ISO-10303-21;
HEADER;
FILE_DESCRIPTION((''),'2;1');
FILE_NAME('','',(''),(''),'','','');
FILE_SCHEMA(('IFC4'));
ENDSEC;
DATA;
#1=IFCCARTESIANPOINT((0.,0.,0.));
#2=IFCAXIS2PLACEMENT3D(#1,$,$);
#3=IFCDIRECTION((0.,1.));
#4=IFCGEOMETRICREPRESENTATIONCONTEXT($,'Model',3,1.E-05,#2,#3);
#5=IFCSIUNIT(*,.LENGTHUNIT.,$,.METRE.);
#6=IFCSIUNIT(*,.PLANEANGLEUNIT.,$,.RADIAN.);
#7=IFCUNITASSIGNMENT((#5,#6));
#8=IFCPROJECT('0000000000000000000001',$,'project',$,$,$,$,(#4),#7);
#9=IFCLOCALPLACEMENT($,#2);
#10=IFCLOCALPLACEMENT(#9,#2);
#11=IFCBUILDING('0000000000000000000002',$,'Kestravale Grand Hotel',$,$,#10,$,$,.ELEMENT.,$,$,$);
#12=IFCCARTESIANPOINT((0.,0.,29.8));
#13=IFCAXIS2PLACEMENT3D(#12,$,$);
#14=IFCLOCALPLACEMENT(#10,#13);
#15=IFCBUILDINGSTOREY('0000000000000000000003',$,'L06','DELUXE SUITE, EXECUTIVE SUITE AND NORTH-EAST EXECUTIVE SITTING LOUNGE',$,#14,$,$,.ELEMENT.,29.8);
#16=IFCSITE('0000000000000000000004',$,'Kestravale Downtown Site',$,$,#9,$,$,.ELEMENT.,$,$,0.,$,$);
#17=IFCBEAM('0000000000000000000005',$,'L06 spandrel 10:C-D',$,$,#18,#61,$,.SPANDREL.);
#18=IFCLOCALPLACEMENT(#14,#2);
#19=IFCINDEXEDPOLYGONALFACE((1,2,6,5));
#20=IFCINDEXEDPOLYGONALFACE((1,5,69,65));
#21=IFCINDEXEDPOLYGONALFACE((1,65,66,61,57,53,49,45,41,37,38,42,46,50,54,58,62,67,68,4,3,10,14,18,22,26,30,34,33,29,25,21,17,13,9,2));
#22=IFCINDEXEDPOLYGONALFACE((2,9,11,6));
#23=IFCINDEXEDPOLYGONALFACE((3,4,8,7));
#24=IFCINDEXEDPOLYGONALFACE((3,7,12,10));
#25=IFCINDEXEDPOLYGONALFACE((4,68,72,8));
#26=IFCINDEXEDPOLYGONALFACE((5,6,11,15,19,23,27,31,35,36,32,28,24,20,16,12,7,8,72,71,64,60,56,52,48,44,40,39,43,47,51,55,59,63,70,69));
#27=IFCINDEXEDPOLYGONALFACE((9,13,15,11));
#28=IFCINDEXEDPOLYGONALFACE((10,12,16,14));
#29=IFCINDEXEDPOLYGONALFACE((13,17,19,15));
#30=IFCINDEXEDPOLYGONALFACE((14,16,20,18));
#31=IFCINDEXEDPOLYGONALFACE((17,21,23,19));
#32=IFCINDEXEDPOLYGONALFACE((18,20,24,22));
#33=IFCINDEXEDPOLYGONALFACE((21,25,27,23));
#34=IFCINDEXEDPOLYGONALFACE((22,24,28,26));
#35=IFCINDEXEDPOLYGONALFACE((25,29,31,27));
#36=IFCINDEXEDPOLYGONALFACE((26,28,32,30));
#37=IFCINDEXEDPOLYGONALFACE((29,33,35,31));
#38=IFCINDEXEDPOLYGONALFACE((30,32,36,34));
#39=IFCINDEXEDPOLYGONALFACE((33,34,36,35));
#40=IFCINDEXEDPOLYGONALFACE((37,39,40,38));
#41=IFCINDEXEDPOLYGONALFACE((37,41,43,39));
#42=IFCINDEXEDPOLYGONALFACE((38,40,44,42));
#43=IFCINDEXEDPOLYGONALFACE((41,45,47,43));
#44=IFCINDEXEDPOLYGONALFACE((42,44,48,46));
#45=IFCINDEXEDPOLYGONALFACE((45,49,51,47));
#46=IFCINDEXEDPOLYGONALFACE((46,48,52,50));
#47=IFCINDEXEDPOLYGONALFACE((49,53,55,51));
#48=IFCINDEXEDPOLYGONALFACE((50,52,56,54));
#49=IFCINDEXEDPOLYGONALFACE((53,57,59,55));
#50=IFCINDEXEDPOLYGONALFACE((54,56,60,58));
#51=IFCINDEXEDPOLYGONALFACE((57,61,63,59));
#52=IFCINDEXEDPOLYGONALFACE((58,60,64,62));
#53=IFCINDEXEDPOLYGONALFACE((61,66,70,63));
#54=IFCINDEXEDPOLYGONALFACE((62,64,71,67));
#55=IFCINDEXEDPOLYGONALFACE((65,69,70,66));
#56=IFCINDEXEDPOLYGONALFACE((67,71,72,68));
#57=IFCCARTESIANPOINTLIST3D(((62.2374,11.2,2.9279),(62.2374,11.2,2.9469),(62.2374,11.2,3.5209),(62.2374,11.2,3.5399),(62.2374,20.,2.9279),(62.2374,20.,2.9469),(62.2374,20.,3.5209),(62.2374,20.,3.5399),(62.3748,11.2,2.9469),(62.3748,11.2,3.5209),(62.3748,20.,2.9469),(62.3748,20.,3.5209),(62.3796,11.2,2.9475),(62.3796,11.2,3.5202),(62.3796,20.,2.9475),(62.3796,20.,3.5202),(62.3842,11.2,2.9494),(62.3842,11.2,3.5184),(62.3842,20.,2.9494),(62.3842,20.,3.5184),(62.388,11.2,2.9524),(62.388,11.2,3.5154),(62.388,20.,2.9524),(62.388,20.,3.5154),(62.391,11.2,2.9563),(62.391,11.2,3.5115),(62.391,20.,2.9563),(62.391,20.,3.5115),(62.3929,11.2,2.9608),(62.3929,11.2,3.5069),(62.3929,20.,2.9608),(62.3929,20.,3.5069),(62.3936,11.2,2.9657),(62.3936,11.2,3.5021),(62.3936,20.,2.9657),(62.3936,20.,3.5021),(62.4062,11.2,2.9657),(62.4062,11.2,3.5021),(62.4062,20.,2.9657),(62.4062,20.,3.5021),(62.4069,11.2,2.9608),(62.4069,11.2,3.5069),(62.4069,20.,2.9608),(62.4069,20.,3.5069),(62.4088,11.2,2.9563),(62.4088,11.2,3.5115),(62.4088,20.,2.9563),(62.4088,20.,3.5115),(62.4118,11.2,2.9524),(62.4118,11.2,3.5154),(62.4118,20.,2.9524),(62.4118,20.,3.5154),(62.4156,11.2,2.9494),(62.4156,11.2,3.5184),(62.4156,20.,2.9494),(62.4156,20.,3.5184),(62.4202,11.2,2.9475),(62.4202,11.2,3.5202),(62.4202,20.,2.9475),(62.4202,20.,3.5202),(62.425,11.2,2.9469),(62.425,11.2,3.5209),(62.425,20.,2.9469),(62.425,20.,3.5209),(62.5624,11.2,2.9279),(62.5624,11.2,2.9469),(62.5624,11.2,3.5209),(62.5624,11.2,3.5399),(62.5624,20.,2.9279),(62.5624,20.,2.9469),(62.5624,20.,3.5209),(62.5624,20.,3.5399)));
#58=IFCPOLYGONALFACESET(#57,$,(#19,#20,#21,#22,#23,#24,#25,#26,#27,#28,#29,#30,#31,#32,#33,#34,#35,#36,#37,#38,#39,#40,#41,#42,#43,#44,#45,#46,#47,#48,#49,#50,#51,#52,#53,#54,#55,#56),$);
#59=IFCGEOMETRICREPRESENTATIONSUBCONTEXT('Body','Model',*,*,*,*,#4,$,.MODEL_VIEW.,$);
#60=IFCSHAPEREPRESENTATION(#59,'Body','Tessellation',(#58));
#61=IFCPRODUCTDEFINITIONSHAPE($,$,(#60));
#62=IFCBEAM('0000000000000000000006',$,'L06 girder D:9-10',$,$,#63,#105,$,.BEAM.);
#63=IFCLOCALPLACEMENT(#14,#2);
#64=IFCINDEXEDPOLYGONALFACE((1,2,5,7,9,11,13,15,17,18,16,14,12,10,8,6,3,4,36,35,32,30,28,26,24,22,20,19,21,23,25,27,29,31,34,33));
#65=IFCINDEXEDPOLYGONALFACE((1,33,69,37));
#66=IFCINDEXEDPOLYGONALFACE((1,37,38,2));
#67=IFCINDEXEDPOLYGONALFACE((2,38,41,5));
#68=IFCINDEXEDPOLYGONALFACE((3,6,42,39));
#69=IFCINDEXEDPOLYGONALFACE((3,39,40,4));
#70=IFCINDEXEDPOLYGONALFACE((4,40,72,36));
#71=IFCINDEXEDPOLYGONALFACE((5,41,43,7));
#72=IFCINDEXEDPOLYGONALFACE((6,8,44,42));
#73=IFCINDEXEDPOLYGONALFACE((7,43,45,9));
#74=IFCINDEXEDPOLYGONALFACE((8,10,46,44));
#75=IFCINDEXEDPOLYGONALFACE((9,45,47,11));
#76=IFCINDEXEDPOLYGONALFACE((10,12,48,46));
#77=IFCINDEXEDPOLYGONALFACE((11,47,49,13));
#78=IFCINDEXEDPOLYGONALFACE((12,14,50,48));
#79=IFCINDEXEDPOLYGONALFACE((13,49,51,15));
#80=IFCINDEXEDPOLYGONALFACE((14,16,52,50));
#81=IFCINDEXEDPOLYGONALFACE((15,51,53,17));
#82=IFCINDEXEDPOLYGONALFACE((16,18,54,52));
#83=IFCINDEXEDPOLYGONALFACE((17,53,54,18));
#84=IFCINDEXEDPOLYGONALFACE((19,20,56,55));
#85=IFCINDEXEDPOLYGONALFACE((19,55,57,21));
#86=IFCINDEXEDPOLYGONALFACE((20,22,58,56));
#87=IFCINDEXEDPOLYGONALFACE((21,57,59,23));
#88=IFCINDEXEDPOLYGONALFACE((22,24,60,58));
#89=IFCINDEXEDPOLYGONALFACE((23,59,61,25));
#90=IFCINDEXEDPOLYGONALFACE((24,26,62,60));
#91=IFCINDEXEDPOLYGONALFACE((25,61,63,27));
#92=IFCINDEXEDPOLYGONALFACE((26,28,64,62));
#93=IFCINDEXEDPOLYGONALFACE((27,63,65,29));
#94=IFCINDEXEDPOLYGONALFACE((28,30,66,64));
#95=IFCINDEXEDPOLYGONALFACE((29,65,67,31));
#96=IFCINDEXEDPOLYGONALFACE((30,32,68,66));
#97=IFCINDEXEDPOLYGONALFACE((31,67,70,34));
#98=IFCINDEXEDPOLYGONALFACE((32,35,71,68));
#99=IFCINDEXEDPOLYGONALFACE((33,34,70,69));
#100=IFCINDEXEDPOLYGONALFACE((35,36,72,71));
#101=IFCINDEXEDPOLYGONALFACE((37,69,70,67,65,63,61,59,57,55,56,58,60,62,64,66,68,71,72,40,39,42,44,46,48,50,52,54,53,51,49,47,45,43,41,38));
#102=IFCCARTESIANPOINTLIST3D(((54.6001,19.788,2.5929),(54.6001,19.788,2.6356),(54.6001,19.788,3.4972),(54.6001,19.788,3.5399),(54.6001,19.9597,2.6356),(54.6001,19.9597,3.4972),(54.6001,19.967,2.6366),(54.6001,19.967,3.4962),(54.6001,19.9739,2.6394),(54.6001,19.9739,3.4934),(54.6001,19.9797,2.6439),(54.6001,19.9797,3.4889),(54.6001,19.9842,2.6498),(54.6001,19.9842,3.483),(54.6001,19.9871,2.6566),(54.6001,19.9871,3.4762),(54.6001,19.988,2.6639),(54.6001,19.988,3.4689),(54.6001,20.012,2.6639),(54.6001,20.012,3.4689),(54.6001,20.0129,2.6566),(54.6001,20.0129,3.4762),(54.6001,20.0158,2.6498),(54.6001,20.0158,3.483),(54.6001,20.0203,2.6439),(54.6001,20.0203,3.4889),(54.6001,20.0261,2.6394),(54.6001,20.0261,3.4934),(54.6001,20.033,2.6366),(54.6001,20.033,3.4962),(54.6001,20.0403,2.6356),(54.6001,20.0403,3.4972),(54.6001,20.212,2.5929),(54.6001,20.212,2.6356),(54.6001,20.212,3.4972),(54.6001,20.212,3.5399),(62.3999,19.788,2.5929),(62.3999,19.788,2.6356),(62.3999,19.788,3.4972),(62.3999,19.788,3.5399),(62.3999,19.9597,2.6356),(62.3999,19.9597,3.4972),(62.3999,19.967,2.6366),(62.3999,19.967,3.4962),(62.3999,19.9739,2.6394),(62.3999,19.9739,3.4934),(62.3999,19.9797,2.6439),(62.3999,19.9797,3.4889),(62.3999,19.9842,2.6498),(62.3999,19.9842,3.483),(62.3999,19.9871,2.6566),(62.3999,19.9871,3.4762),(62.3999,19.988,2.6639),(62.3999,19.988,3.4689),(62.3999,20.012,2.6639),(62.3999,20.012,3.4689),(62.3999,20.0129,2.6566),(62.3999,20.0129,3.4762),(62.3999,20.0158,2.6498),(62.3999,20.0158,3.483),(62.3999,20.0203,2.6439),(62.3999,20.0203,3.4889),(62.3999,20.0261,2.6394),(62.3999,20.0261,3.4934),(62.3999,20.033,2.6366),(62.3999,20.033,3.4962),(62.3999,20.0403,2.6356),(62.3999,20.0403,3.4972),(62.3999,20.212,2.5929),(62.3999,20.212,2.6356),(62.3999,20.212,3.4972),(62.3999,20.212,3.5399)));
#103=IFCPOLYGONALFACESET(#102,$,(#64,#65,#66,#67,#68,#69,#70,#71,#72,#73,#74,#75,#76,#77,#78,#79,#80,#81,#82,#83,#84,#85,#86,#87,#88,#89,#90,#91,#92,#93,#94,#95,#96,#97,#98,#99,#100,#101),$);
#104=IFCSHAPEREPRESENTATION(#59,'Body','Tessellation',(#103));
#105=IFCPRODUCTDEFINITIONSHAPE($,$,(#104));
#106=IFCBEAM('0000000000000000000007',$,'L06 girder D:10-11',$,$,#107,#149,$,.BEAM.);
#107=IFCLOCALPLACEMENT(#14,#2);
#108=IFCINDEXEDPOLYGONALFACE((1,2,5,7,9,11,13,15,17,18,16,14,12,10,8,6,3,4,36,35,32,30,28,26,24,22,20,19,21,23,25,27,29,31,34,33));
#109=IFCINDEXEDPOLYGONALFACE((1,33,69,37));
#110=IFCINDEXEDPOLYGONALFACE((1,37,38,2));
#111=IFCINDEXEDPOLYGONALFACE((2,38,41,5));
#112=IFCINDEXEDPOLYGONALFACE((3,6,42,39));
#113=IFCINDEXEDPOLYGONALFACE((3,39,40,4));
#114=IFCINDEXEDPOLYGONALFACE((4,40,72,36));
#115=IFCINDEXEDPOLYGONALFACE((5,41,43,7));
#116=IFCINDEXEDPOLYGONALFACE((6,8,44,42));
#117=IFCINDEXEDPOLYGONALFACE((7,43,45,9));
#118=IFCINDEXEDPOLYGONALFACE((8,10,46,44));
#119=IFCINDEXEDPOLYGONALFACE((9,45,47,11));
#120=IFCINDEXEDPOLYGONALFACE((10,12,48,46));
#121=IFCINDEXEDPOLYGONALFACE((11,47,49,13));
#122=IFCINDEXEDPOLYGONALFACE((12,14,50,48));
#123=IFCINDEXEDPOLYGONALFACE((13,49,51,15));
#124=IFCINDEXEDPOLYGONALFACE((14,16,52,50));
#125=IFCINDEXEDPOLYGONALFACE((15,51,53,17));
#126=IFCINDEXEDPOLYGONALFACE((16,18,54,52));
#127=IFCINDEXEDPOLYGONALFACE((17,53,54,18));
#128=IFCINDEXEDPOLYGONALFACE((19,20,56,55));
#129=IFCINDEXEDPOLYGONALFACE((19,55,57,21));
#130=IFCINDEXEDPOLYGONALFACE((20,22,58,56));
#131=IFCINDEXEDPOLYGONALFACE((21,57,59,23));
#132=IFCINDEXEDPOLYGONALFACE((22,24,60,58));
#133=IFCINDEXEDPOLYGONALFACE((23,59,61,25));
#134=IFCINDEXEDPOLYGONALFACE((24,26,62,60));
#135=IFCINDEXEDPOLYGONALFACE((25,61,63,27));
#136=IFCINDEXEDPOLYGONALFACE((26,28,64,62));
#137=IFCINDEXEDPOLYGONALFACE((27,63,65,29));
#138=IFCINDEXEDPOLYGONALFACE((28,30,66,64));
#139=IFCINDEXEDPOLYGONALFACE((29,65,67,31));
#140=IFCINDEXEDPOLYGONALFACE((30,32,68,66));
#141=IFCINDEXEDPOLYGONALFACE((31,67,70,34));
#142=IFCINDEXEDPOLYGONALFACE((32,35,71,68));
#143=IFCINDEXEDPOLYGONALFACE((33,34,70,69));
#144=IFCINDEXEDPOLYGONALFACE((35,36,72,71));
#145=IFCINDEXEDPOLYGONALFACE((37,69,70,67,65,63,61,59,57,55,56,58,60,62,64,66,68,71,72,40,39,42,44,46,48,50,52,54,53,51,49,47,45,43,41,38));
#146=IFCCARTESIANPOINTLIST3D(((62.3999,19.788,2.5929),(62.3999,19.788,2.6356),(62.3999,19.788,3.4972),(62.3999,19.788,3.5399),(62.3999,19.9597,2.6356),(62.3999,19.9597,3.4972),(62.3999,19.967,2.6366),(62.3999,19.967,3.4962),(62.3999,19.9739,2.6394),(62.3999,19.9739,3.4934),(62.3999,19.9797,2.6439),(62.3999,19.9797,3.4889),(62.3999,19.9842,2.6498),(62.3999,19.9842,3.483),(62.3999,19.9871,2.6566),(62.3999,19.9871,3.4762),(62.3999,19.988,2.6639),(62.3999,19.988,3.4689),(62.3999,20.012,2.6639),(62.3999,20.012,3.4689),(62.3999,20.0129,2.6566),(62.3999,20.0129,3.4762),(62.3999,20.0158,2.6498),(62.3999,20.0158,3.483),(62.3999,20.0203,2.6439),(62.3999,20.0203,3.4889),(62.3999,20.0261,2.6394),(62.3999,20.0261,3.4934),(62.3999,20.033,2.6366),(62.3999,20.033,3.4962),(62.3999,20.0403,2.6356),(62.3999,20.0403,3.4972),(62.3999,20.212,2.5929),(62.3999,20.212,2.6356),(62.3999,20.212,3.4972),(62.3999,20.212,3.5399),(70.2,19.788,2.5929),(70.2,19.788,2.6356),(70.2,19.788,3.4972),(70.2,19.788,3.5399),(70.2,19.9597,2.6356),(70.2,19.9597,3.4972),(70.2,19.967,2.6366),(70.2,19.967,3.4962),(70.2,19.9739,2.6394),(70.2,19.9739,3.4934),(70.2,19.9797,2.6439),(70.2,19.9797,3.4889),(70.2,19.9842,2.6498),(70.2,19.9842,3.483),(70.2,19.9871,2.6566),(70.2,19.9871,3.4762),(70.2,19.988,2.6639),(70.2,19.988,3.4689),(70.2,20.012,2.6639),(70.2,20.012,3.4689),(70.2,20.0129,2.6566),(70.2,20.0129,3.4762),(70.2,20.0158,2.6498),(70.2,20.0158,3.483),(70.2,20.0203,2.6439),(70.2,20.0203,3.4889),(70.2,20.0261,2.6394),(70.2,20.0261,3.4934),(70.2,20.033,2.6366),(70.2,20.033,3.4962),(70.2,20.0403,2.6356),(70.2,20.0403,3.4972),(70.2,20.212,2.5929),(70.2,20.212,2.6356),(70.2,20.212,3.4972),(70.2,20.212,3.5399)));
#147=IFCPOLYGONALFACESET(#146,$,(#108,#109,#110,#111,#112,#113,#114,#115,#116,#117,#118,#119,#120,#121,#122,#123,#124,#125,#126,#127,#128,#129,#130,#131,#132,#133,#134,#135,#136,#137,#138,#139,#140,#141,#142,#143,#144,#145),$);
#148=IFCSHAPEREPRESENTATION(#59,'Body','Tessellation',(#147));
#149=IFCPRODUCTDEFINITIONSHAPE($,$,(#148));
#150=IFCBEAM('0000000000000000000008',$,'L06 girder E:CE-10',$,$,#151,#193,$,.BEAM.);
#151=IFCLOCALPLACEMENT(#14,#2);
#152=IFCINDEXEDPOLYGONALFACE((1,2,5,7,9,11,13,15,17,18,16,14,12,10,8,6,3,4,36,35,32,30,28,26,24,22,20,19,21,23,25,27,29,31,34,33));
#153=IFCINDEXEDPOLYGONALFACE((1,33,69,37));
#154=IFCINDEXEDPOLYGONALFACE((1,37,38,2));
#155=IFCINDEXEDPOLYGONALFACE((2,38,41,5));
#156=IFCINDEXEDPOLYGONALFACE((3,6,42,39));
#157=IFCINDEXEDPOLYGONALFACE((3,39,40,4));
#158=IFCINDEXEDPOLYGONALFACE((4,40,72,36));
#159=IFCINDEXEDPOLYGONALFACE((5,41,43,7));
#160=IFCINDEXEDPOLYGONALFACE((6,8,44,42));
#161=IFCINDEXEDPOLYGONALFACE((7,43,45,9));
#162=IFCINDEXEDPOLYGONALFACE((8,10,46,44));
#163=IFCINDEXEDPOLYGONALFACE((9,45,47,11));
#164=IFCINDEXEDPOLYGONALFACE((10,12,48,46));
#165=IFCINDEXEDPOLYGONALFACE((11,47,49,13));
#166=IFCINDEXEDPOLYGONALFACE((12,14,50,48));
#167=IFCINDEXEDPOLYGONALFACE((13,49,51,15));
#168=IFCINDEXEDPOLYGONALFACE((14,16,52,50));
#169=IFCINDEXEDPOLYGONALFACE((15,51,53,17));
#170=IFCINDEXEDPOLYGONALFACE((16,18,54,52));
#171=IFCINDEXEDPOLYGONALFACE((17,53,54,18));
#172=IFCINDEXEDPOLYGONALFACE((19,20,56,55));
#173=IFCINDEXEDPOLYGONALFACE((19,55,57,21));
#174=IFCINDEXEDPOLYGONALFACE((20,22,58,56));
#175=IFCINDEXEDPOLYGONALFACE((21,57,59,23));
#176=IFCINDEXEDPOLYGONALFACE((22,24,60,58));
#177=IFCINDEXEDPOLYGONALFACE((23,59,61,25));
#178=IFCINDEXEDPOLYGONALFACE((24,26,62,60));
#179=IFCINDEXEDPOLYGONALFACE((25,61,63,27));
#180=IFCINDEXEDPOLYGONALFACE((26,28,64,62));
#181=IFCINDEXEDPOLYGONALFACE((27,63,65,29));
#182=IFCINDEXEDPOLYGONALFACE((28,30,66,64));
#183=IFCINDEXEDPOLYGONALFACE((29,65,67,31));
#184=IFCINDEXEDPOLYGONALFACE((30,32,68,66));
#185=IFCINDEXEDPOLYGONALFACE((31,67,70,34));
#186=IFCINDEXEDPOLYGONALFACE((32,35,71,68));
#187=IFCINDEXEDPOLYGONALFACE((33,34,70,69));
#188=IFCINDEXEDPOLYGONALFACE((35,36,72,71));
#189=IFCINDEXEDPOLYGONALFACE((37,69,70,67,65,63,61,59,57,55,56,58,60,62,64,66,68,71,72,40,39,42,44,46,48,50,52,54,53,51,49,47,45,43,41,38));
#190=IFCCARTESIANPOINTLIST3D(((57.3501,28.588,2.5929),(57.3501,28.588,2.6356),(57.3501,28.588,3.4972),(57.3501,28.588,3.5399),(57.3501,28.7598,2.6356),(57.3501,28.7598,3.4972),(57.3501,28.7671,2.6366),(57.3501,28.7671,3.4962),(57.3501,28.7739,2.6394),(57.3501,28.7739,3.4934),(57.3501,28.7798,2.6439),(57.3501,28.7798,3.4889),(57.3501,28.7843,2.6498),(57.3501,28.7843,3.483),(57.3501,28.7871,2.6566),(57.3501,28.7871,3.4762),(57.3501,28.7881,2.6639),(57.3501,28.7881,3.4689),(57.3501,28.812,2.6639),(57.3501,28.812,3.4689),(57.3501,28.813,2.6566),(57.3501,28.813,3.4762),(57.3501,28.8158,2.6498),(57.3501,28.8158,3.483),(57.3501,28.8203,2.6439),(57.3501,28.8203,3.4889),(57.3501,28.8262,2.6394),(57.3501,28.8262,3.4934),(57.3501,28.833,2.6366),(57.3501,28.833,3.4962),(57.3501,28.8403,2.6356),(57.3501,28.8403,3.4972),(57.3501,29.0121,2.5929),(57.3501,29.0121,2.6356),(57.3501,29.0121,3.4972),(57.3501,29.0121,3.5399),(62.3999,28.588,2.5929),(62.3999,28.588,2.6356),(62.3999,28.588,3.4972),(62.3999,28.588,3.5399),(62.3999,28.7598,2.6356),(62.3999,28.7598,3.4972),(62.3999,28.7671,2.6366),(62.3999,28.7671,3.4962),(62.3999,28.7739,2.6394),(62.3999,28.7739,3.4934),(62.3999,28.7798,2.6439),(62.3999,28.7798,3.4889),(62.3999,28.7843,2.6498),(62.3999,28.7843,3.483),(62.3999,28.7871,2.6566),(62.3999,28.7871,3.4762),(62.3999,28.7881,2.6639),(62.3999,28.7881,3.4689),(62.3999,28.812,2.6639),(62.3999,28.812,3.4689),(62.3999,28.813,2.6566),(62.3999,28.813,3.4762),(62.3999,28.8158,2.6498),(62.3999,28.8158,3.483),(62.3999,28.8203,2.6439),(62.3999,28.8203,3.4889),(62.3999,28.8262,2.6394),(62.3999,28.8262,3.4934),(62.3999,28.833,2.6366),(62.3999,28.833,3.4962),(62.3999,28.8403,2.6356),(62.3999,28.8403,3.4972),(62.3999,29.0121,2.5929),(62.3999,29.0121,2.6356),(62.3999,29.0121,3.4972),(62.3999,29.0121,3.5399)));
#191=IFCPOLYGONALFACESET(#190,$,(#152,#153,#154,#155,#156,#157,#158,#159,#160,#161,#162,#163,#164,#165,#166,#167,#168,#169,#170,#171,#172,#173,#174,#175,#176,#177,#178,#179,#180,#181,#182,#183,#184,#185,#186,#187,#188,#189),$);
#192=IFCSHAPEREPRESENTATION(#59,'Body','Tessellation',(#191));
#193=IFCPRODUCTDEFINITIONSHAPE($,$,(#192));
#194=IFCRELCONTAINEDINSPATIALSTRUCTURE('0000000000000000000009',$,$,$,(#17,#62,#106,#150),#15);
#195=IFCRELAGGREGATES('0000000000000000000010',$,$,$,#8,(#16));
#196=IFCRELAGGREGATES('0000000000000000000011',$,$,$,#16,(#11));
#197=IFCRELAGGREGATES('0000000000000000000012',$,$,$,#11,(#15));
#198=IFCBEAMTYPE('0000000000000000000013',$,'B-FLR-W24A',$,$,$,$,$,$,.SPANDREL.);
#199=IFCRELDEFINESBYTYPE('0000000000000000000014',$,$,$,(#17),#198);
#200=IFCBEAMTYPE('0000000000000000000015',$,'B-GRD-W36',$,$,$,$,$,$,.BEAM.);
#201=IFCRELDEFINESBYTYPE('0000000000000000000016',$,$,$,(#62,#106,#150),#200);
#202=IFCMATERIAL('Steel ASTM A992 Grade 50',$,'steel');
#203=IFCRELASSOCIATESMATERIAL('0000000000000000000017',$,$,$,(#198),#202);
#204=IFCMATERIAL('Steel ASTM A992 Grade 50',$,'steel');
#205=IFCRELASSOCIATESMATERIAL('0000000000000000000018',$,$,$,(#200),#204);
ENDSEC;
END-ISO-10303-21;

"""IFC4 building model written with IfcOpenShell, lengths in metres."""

from ifc_helpers import new_model, si_unit, direction, frame, origin, origin_2d, place, context, subcontext, project, spatial, i_section, extrude, material, material_profile, profile_set, type_object, element, save


model = new_model("IFC4")

# Units and contexts
model_context = context("Model", 3, precision=1e-05, world=origin(), true_north=direction((0.0, 1.0)))
body_context = subcontext(model_context, "Body", "Model", "MODEL_VIEW")
ifc_project = project(units=[si_unit("LENGTHUNIT", "METRE"), si_unit("PLANEANGLEUNIT", "RADIAN")], contexts=[model_context])

# Site, building, storey
site_placement = place(None, origin())
site = spatial("IfcSite", under=ifc_project, at=site_placement, Name="Kestravale Downtown Site", CompositionType="ELEMENT", RefElevation=0.0)
building_placement = place(site_placement, origin())
building = spatial("IfcBuilding", under=site, at=building_placement, Name="Kestravale Grand Hotel", CompositionType="ELEMENT")
storey_placement = place(building_placement, frame((0.0, 0.0, 29.8)))
storey = spatial("IfcBuildingStorey", under=building, at=storey_placement, Name="L06", Description="DELUXE SUITE, EXECUTIVE SUITE AND NORTH-EAST EXECUTIVE SITTING LOUNGE", CompositionType="ELEMENT", Elevation=29.8)

# Beams
ifc_material_1 = material(Name="Steel ASTM A992 Grade 50", Category="steel")
ifc_material_profile_1 = material_profile(ifc_material_1, i_section(OverallWidth=0.325, OverallDepth=0.6121, WebThickness=0.0127, FlangeThickness=0.019, FilletRadius=0.0188, at=origin_2d()))
ifc_profile_set_1 = profile_set([ifc_material_profile_1], Name="Steel ASTM A992 Grade 50")
beam_type_1 = type_object("IfcBeamType", Name="B-FLR-W24A", PredefinedType="SPANDREL", material=ifc_profile_set_1)
beam_1_placement = place(storey_placement, frame((62.3999, 11.2, 3.2339), z_axis=(0.0, 1.0, 0.0), x_axis=(-1.0, 0.0, 0.0)))
element("IfcBeam", 1, at=beam_1_placement, inside=storey, type_object=beam_type_1, Name="L06 spandrel 10:C-D", PredefinedType="SPANDREL", context=body_context, shape_type="SweptSolid", body=[
    extrude(i_section(OverallWidth=0.325, OverallDepth=0.6121, WebThickness=0.0127, FlangeThickness=0.019, FilletRadius=0.0188, at=origin_2d()), origin(), (0.0, 0.0, 1.0), 8.8),
])
ifc_material_2 = material(Name="Steel ASTM A992 Grade 50", Category="steel")
ifc_material_profile_2 = material_profile(ifc_material_2, i_section(OverallWidth=0.4241, OverallDepth=0.947, WebThickness=0.0239, FlangeThickness=0.0427, FilletRadius=0.0283, at=origin_2d()))
ifc_profile_set_2 = profile_set([ifc_material_profile_2], Name="Steel ASTM A992 Grade 50")
beam_type_2 = type_object("IfcBeamType", Name="B-GRD-W36", PredefinedType="BEAM", material=ifc_profile_set_2)
beam_2_placement = place(storey_placement, frame((54.6001, 20.0, 3.0664), z_axis=(1.0, 0.0, 0.0), x_axis=(0.0, 1.0, 0.0)))
element("IfcBeam", 2, at=beam_2_placement, inside=storey, type_object=beam_type_2, Name="L06 girder D:9-10", PredefinedType="BEAM", context=body_context, shape_type="SweptSolid", body=[
    extrude(i_section(OverallWidth=0.4241, OverallDepth=0.947, WebThickness=0.0239, FlangeThickness=0.0427, FilletRadius=0.0283, at=origin_2d()), origin(), (0.0, 0.0, 1.0), 7.7998),
])
beam_3_placement = place(storey_placement, frame((62.3999, 20.0, 3.0664), z_axis=(1.0, 0.0, 0.0), x_axis=(0.0, 1.0, 0.0)))
element("IfcBeam", 3, at=beam_3_placement, inside=storey, type_object=beam_type_2, Name="L06 girder D:10-11", PredefinedType="BEAM", context=body_context, shape_type="SweptSolid", body=[
    extrude(i_section(OverallWidth=0.4241, OverallDepth=0.947, WebThickness=0.0239, FlangeThickness=0.0427, FilletRadius=0.0283, at=origin_2d()), origin(), (0.0, 0.0, 1.0), 7.8),
])
beam_4_placement = place(storey_placement, frame((57.3501, 28.8, 3.0664), z_axis=(1.0, 0.0, 0.0), x_axis=(0.0, 1.0, 0.0)))
element("IfcBeam", 4, at=beam_4_placement, inside=storey, type_object=beam_type_2, Name="L06 girder E:CE-10", PredefinedType="BEAM", context=body_context, shape_type="SweptSolid", body=[
    extrude(i_section(OverallWidth=0.4241, OverallDepth=0.947, WebThickness=0.0239, FlangeThickness=0.0427, FilletRadius=0.0283, at=origin_2d()), origin(), (0.0, 0.0, 1.0), 5.0498),
])

save(model, "model.ifc")
